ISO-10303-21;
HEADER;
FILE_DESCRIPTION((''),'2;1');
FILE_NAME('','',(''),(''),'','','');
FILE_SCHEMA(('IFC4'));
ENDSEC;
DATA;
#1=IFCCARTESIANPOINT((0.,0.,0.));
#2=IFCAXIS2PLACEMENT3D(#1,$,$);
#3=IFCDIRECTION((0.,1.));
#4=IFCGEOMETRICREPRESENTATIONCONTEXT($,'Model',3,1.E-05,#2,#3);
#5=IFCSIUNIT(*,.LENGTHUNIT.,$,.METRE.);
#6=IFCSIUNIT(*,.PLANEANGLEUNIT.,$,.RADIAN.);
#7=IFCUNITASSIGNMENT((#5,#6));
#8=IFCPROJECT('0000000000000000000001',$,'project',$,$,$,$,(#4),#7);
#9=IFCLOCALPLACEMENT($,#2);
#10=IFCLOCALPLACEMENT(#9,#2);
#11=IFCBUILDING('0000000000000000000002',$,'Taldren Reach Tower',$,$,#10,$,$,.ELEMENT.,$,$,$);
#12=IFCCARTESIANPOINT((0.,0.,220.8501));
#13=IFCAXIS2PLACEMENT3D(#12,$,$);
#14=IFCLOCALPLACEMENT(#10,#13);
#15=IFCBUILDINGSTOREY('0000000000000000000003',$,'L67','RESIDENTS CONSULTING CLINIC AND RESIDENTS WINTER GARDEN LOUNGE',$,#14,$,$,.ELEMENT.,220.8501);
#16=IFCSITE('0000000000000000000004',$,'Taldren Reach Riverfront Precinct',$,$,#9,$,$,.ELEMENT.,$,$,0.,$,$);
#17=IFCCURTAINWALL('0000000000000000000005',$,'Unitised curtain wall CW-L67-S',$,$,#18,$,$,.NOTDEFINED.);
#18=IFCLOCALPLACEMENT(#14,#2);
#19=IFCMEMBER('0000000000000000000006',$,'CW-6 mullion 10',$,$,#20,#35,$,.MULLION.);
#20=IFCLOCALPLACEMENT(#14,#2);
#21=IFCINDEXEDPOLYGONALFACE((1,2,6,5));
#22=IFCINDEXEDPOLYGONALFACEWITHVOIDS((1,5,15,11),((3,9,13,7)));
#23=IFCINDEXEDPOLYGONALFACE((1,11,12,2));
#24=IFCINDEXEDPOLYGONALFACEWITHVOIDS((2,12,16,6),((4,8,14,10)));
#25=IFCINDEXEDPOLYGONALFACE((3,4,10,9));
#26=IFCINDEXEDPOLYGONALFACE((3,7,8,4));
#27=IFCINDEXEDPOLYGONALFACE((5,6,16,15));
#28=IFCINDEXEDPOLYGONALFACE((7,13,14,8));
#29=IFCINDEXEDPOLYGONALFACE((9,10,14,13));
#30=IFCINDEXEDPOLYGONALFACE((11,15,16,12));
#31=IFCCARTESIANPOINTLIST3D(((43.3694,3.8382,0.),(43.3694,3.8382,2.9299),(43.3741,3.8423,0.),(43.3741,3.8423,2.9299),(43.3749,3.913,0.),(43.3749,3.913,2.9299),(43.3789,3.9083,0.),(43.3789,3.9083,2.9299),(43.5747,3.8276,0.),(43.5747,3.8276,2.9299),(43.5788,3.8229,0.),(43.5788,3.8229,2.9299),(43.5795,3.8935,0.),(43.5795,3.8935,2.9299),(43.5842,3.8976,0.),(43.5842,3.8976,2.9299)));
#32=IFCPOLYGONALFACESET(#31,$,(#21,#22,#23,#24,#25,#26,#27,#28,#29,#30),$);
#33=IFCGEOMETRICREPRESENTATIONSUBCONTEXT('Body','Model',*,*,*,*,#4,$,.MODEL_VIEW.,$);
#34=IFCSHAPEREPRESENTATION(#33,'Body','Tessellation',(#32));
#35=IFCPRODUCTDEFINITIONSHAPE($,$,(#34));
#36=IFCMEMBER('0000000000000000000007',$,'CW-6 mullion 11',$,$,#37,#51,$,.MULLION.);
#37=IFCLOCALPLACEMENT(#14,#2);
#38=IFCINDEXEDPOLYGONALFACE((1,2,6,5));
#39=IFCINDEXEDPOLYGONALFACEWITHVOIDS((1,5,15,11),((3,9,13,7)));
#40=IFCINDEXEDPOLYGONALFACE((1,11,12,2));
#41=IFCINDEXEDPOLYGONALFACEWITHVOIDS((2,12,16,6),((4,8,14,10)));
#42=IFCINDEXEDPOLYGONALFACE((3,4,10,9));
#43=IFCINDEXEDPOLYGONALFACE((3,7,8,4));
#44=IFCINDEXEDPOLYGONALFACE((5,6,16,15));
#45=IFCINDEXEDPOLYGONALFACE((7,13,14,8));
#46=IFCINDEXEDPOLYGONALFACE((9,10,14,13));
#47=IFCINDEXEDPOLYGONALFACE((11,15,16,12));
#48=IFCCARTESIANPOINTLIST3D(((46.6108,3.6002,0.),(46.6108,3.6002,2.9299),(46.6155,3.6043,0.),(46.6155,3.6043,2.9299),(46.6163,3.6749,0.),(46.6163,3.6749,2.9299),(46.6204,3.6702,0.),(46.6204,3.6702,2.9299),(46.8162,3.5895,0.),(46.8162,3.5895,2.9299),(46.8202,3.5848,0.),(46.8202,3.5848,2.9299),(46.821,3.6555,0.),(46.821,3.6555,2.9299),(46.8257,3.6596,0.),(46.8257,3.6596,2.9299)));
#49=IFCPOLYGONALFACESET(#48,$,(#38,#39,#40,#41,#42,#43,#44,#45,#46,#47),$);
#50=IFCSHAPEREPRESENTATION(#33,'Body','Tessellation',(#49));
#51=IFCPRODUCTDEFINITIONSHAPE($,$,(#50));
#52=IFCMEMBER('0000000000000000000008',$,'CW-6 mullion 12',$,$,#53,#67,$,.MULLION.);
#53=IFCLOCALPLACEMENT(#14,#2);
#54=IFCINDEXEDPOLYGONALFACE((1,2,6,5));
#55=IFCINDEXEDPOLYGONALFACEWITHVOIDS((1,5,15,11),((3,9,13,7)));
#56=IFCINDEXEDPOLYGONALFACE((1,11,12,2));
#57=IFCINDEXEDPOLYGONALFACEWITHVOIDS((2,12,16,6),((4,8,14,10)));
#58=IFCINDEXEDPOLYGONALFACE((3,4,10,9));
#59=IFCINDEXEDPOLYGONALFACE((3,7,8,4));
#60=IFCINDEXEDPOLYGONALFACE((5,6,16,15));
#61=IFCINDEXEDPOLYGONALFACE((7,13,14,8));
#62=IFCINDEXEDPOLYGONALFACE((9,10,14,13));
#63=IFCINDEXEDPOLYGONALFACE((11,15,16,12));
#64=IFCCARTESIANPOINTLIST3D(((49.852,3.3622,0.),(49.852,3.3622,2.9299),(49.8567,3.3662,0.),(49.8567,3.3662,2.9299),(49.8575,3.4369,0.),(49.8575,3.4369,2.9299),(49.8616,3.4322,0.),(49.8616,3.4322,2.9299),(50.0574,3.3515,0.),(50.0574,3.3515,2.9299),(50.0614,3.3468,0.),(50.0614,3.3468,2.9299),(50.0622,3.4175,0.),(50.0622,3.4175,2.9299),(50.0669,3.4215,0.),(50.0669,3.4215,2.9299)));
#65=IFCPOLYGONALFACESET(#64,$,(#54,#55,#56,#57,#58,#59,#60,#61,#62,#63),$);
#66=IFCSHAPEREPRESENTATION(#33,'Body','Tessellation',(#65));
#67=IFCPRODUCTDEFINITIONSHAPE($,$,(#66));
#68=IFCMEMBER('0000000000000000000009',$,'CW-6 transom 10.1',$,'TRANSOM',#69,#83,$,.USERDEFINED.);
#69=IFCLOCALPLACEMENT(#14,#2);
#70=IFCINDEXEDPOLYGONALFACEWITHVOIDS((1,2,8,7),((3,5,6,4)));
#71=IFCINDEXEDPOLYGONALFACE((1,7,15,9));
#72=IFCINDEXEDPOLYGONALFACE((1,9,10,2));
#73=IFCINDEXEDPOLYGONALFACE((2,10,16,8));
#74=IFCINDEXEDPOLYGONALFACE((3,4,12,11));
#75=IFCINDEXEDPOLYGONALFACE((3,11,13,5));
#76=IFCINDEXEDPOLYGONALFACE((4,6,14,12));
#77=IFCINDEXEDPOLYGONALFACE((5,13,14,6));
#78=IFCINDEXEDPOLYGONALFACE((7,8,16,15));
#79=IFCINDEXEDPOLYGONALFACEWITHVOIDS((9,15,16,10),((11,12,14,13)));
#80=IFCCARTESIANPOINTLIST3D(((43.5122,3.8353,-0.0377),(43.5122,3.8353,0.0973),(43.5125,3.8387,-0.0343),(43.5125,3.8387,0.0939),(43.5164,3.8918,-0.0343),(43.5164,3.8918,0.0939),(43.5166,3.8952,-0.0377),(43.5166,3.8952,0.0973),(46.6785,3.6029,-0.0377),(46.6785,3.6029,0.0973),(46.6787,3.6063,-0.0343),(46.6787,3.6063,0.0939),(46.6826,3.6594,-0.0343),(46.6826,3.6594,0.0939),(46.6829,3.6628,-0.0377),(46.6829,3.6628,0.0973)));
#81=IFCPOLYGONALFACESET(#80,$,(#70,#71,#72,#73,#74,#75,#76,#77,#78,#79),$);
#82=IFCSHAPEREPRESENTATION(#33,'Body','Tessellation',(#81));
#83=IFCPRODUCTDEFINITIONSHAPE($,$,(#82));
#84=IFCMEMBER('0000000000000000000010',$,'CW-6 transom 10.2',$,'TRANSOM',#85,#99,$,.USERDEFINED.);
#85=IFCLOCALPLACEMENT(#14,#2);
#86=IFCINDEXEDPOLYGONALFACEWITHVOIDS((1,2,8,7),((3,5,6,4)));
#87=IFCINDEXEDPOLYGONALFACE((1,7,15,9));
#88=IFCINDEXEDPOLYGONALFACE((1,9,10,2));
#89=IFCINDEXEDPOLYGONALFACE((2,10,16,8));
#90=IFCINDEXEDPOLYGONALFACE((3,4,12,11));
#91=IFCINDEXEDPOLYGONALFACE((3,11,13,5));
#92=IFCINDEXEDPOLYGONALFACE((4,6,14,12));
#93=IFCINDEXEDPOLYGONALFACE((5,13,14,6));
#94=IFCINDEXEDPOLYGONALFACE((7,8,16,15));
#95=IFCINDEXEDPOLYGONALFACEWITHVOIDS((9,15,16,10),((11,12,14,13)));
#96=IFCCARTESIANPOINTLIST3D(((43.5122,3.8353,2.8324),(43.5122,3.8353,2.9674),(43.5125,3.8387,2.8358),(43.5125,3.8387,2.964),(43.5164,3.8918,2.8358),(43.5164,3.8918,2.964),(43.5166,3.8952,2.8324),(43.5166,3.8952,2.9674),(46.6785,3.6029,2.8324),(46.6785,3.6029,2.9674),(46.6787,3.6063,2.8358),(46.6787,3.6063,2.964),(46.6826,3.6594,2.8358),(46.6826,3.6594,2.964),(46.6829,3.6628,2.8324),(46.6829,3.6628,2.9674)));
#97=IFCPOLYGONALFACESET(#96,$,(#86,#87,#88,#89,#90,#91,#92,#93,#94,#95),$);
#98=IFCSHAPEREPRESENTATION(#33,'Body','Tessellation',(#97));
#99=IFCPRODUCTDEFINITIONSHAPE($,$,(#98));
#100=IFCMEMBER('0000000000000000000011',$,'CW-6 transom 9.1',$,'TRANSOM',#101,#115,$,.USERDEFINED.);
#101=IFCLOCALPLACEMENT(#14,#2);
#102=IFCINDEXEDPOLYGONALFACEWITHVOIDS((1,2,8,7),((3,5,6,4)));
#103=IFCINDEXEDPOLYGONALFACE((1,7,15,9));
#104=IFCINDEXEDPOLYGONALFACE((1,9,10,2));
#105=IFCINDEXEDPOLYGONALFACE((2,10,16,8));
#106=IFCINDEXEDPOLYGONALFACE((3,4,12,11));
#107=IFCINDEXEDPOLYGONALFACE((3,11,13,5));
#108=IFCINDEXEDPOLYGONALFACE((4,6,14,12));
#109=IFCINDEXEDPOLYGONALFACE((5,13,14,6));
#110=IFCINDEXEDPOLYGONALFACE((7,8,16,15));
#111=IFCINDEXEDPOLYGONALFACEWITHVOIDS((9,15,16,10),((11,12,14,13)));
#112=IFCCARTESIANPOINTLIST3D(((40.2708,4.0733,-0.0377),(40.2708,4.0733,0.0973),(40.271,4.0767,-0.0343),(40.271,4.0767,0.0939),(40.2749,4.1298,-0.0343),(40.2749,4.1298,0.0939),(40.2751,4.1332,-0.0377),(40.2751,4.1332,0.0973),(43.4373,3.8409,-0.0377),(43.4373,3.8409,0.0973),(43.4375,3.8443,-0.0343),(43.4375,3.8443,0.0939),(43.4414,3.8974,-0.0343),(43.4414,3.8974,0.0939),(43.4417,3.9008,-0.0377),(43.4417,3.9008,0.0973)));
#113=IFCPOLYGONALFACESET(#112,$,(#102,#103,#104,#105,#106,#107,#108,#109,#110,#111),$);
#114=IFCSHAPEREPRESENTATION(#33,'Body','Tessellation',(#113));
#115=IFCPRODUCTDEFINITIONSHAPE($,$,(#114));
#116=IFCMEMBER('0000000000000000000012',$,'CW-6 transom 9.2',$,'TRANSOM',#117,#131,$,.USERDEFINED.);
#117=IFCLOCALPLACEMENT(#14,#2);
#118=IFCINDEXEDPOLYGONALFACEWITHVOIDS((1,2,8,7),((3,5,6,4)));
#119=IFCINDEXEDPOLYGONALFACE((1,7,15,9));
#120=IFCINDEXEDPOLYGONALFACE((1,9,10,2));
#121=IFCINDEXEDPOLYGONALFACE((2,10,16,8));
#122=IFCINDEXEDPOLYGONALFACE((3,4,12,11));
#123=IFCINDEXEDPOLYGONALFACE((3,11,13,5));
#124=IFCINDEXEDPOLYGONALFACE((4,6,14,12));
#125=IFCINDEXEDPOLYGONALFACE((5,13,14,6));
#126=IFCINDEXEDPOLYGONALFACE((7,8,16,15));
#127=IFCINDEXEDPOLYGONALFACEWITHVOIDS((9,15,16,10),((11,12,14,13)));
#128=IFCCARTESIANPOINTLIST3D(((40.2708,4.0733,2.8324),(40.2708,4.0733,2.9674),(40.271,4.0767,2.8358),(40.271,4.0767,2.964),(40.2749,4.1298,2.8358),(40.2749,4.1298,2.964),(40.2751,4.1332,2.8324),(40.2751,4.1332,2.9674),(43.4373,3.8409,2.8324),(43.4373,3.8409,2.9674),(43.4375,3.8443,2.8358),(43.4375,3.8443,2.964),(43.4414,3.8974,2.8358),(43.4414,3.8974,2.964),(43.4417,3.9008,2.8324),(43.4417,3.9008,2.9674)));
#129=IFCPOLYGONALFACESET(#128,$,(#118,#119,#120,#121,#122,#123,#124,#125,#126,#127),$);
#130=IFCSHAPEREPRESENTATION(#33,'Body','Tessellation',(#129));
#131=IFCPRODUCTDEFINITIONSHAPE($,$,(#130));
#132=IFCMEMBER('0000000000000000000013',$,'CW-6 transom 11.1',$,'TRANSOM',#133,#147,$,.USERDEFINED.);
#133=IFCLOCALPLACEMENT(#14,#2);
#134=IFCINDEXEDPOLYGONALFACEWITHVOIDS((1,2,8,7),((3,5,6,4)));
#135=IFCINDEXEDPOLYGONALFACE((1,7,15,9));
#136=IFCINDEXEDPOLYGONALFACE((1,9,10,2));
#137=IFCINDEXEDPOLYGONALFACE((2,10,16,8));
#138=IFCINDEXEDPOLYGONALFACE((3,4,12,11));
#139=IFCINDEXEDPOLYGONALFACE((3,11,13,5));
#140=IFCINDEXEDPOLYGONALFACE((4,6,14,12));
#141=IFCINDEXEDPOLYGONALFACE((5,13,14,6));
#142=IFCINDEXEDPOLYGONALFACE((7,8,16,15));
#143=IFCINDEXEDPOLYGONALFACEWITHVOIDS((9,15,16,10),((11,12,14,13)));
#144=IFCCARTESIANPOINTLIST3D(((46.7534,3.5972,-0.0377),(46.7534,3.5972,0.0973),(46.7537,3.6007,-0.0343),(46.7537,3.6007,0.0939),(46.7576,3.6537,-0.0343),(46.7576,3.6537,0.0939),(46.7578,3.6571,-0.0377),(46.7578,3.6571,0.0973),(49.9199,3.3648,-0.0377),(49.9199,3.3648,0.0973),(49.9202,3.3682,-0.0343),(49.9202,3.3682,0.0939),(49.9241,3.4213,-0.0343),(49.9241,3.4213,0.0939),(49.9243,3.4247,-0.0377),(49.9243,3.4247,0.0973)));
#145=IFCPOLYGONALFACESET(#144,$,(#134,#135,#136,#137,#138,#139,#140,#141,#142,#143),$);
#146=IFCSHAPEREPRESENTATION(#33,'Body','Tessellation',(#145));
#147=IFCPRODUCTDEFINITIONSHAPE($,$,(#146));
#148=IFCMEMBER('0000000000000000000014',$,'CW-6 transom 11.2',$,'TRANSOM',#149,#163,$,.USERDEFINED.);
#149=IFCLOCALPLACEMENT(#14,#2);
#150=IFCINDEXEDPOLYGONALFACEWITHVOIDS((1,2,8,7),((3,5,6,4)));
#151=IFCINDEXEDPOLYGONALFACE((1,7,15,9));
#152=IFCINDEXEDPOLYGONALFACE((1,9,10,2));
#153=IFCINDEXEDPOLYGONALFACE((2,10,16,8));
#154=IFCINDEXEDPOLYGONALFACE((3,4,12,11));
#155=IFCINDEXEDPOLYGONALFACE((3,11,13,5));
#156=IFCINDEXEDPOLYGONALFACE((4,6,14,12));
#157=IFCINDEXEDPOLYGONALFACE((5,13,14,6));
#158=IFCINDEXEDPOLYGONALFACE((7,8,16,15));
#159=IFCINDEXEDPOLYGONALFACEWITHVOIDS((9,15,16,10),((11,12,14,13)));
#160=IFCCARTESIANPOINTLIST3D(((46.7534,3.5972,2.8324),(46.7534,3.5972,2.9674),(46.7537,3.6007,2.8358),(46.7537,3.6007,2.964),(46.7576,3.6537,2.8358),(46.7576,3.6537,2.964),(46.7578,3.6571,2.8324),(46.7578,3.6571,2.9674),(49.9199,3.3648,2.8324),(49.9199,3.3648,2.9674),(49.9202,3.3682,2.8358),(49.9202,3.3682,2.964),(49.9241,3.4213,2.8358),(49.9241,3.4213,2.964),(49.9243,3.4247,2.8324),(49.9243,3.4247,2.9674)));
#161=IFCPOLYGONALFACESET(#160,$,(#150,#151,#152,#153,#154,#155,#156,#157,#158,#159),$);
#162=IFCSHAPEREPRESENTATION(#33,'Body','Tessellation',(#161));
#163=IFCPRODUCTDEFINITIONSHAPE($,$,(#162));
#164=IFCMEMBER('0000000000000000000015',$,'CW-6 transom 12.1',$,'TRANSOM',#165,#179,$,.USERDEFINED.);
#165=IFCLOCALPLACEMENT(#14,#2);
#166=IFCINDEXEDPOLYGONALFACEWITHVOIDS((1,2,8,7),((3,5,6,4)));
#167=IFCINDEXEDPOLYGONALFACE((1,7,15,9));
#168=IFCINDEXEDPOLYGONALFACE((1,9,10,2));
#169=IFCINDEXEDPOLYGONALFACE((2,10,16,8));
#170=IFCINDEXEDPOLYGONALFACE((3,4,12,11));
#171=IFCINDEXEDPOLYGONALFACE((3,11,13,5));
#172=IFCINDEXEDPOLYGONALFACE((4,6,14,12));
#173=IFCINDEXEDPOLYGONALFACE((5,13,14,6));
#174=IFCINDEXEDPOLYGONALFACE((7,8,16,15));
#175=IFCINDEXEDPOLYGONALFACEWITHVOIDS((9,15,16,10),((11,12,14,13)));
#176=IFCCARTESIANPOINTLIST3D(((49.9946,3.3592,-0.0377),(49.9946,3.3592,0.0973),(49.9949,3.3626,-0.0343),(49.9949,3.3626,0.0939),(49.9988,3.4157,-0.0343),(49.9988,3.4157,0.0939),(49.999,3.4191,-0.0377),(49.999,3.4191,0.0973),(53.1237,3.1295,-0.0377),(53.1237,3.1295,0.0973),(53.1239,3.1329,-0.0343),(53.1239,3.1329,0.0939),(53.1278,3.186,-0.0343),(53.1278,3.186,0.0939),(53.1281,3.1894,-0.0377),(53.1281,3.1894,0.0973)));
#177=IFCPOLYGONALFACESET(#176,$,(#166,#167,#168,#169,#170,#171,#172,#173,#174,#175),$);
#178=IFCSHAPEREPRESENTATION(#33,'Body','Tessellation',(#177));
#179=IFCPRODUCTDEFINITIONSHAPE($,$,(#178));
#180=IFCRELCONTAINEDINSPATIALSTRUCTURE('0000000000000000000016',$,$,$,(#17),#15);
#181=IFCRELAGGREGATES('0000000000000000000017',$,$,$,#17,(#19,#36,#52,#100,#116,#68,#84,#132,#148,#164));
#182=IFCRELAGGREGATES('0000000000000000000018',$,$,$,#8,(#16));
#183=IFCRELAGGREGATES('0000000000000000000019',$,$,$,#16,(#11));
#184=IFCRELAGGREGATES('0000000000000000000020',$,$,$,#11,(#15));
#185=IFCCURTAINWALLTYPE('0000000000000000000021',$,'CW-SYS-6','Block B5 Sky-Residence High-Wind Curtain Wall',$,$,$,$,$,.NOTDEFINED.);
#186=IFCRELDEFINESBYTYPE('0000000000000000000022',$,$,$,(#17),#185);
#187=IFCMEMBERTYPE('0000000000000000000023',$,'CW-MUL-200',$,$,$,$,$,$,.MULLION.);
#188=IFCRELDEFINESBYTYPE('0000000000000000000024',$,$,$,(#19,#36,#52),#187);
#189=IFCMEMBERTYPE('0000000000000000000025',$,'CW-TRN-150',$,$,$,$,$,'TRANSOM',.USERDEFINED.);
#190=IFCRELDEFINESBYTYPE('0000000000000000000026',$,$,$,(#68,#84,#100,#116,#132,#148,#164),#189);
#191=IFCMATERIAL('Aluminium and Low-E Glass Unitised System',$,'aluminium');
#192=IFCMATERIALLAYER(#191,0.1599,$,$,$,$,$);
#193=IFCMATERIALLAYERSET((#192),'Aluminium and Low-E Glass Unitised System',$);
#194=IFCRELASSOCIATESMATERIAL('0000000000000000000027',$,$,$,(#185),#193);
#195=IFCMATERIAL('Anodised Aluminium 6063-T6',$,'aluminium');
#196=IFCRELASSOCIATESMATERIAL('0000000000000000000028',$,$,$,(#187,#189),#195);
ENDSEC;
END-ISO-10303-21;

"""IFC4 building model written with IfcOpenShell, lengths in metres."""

from ifc_helpers import new_model, si_unit, direction, frame, origin, origin_2d, place, context, subcontext, project, spatial, hollow_rectangle, extrude, source, transform, mapped, material, layer, layer_set, material_profile, profile_set, type_object, element, aggregate, save


model = new_model("IFC4")

# Units and contexts
model_context = context("Model", 3, precision=1e-05, world=origin(), true_north=direction((0.0, 1.0)))
body_context = subcontext(model_context, "Body", "Model", "MODEL_VIEW")
ifc_project = project(units=[si_unit("LENGTHUNIT", "METRE"), si_unit("PLANEANGLEUNIT", "RADIAN")], contexts=[model_context])

# Site, building, storey
site_placement = place(None, origin())
site = spatial("IfcSite", under=ifc_project, at=site_placement, Name="Taldren Reach Riverfront Precinct", CompositionType="ELEMENT", RefElevation=0.0)
building_placement = place(site_placement, origin())
building = spatial("IfcBuilding", under=site, at=building_placement, Name="Taldren Reach Tower", CompositionType="ELEMENT")
storey_placement = place(building_placement, frame((0.0, 0.0, 220.8501)))
storey = spatial("IfcBuildingStorey", under=building, at=storey_placement, Name="L67", Description="RESIDENTS CONSULTING CLINIC AND RESIDENTS WINTER GARDEN LOUNGE", CompositionType="ELEMENT", Elevation=220.8501)

# Curtain wall, members
ifc_material_1 = material(Name="Aluminium and Low-E Glass Unitised System", Category="aluminium")
ifc_layer_1 = layer(ifc_material_1, 0.1599)
ifc_layer_set_1 = layer_set([ifc_layer_1], Name="Aluminium and Low-E Glass Unitised System")
curtain_wall_type = type_object("IfcCurtainWallType", Name="CW-SYS-6", Description="Block B5 Sky-Residence High-Wind Curtain Wall", PredefinedType="NOTDEFINED", material=ifc_layer_set_1)
curtain_wall_placement = place(storey_placement, origin())
curtain_wall = element("IfcCurtainWall", 1, at=curtain_wall_placement, inside=storey, type_object=curtain_wall_type, Name="Unitised curtain wall CW-L67-S", PredefinedType="NOTDEFINED")
ifc_material_2 = material(Name="Anodised Aluminium 6063-T6", Category="aluminium")
ifc_material_profile_1 = material_profile(ifc_material_2, hollow_rectangle(XDim=0.075, YDim=0.21, WallThickness=0.0044, at=origin_2d()), Name="ALU-210x75x4.5RHS")
ifc_profile_set_1 = profile_set([ifc_material_profile_1], Name="Anodised Aluminium 6063-T6")
member_type_1 = type_object("IfcMemberType", Name="CW-MUL-200", PredefinedType="MULLION", material=ifc_profile_set_1)
shared_shape_1 = source(origin(), body_context, "Body", "SweptSolid", [
    extrude(hollow_rectangle(XDim=0.075, YDim=0.21, WallThickness=0.0044, at=origin_2d()), origin(), (0.0, 0.0, 1.0), 2.9299),
])
member_1_placement = place(storey_placement, frame((43.4768, 3.8679, 0.0), z_axis=(0.0, 0.0, 1.0), x_axis=(0.073238, 0.997314, 0.0)))
member_1 = element("IfcMember", 2, at=member_1_placement, type_object=member_type_1, Name="CW-6 mullion 10", PredefinedType="MULLION", context=body_context, shape_type="MappedRepresentation", body=[
    mapped(shared_shape_1, transform((0.0, 0.0, 0.0), scale=1.0)),
])
member_2_placement = place(storey_placement, frame((46.7183, 3.6299, 0.0), z_axis=(0.0, 0.0, 1.0), x_axis=(0.073238, 0.997314, 0.0)))
member_2 = element("IfcMember", 3, at=member_2_placement, type_object=member_type_1, Name="CW-6 mullion 11", PredefinedType="MULLION", context=body_context, shape_type="MappedRepresentation", body=[
    mapped(shared_shape_1, transform((0.0, 0.0, 0.0), scale=1.0)),
])
member_3_placement = place(storey_placement, frame((49.9595, 3.3918, 0.0), z_axis=(0.0, 0.0, 1.0), x_axis=(0.073238, 0.997314, 0.0)))
member_3 = element("IfcMember", 4, at=member_3_placement, type_object=member_type_1, Name="CW-6 mullion 12", PredefinedType="MULLION", context=body_context, shape_type="MappedRepresentation", body=[
    mapped(shared_shape_1, transform((0.0, 0.0, 0.0), scale=1.0)),
])
ifc_material_profile_2 = material_profile(ifc_material_2, hollow_rectangle(XDim=0.0601, YDim=0.135, WallThickness=0.0034, at=origin_2d()), Name="ALU-135x60x3.5RHS")
ifc_profile_set_2 = profile_set([ifc_material_profile_2], Name="Anodised Aluminium 6063-T6")
member_type_2 = type_object("IfcMemberType", Name="CW-TRN-150", ElementType="TRANSOM", PredefinedType="USERDEFINED", material=ifc_profile_set_2)
shared_shape_2 = source(origin(), body_context, "Body", "SweptSolid", [
    extrude(hollow_rectangle(XDim=0.0601, YDim=0.135, WallThickness=0.0034, at=origin_2d()), origin(), (0.0, 0.0, 1.0), 3.1748),
])
member_4_placement = place(storey_placement, frame((43.5144, 3.8652, 0.0298), z_axis=(0.997317, -0.073209, 0.0), x_axis=(0.073209, 0.997317, 0.0)))
member_4 = element("IfcMember", 5, at=member_4_placement, type_object=member_type_2, Name="CW-6 transom 10.1", ObjectType="TRANSOM", PredefinedType="USERDEFINED", context=body_context, shape_type="MappedRepresentation", body=[
    mapped(shared_shape_2, transform((0.0, 0.0, 0.0), scale=1.0)),
])
member_5_placement = place(storey_placement, frame((43.5144, 3.8652, 2.8999), z_axis=(0.997317, -0.073209, 0.0), x_axis=(0.073209, 0.997317, 0.0)))
member_5 = element("IfcMember", 6, at=member_5_placement, type_object=member_type_2, Name="CW-6 transom 10.2", ObjectType="TRANSOM", PredefinedType="USERDEFINED", context=body_context, shape_type="MappedRepresentation", body=[
    mapped(shared_shape_2, transform((0.0, 0.0, 0.0), scale=1.0)),
])
shared_shape_3 = source(origin(), body_context, "Body", "SweptSolid", [
    extrude(hollow_rectangle(XDim=0.0601, YDim=0.135, WallThickness=0.0034, at=origin_2d()), origin(), (0.0, 0.0, 1.0), 3.175),
])
member_6_placement = place(storey_placement, frame((40.2729, 4.1033, 0.0298), z_axis=(0.997317, -0.073203, 0.0), x_axis=(0.073203, 0.997317, 0.0)))
member_6 = element("IfcMember", 7, at=member_6_placement, type_object=member_type_2, Name="CW-6 transom 9.1", ObjectType="TRANSOM", PredefinedType="USERDEFINED", context=body_context, shape_type="MappedRepresentation", body=[
    mapped(shared_shape_3, transform((0.0, 0.0, 0.0), scale=1.0)),
])
member_7_placement = place(storey_placement, frame((40.2729, 4.1033, 2.8999), z_axis=(0.997317, -0.073203, 0.0), x_axis=(0.073203, 0.997317, 0.0)))
member_7 = element("IfcMember", 8, at=member_7_placement, type_object=member_type_2, Name="CW-6 transom 9.2", ObjectType="TRANSOM", PredefinedType="USERDEFINED", context=body_context, shape_type="MappedRepresentation", body=[
    mapped(shared_shape_3, transform((0.0, 0.0, 0.0), scale=1.0)),
])
member_8_placement = place(storey_placement, frame((46.7556, 3.6272, 0.0298), z_axis=(0.997317, -0.073203, 0.0), x_axis=(0.073203, 0.997317, 0.0)))
member_8 = element("IfcMember", 9, at=member_8_placement, type_object=member_type_2, Name="CW-6 transom 11.1", ObjectType="TRANSOM", PredefinedType="USERDEFINED", context=body_context, shape_type="MappedRepresentation", body=[
    mapped(shared_shape_3, transform((0.0, 0.0, 0.0), scale=1.0)),
])
member_9_placement = place(storey_placement, frame((46.7556, 3.6272, 2.8999), z_axis=(0.997317, -0.073203, 0.0), x_axis=(0.073203, 0.997317, 0.0)))
member_9 = element("IfcMember", 10, at=member_9_placement, type_object=member_type_2, Name="CW-6 transom 11.2", ObjectType="TRANSOM", PredefinedType="USERDEFINED", context=body_context, shape_type="MappedRepresentation", body=[
    mapped(shared_shape_3, transform((0.0, 0.0, 0.0), scale=1.0)),
])
shared_shape_4 = source(origin(), body_context, "Body", "SweptSolid", [
    extrude(hollow_rectangle(XDim=0.0601, YDim=0.135, WallThickness=0.0034, at=origin_2d()), origin(), (0.0, 0.0, 1.0), 3.1375),
])
member_10_placement = place(storey_placement, frame((49.9968, 3.3892, 0.0298), z_axis=(0.997316, -0.073221, 0.0), x_axis=(0.073221, 0.997316, 0.0)))
member_10 = element("IfcMember", 11, at=member_10_placement, type_object=member_type_2, Name="CW-6 transom 12.1", ObjectType="TRANSOM", PredefinedType="USERDEFINED", context=body_context, shape_type="MappedRepresentation", body=[
    mapped(shared_shape_4, transform((0.0, 0.0, 0.0), scale=1.0)),
])

aggregate(curtain_wall, [member_1, member_2, member_3, member_6, member_7, member_4, member_5, member_8, member_9, member_10])

save(model, "model.ifc")
